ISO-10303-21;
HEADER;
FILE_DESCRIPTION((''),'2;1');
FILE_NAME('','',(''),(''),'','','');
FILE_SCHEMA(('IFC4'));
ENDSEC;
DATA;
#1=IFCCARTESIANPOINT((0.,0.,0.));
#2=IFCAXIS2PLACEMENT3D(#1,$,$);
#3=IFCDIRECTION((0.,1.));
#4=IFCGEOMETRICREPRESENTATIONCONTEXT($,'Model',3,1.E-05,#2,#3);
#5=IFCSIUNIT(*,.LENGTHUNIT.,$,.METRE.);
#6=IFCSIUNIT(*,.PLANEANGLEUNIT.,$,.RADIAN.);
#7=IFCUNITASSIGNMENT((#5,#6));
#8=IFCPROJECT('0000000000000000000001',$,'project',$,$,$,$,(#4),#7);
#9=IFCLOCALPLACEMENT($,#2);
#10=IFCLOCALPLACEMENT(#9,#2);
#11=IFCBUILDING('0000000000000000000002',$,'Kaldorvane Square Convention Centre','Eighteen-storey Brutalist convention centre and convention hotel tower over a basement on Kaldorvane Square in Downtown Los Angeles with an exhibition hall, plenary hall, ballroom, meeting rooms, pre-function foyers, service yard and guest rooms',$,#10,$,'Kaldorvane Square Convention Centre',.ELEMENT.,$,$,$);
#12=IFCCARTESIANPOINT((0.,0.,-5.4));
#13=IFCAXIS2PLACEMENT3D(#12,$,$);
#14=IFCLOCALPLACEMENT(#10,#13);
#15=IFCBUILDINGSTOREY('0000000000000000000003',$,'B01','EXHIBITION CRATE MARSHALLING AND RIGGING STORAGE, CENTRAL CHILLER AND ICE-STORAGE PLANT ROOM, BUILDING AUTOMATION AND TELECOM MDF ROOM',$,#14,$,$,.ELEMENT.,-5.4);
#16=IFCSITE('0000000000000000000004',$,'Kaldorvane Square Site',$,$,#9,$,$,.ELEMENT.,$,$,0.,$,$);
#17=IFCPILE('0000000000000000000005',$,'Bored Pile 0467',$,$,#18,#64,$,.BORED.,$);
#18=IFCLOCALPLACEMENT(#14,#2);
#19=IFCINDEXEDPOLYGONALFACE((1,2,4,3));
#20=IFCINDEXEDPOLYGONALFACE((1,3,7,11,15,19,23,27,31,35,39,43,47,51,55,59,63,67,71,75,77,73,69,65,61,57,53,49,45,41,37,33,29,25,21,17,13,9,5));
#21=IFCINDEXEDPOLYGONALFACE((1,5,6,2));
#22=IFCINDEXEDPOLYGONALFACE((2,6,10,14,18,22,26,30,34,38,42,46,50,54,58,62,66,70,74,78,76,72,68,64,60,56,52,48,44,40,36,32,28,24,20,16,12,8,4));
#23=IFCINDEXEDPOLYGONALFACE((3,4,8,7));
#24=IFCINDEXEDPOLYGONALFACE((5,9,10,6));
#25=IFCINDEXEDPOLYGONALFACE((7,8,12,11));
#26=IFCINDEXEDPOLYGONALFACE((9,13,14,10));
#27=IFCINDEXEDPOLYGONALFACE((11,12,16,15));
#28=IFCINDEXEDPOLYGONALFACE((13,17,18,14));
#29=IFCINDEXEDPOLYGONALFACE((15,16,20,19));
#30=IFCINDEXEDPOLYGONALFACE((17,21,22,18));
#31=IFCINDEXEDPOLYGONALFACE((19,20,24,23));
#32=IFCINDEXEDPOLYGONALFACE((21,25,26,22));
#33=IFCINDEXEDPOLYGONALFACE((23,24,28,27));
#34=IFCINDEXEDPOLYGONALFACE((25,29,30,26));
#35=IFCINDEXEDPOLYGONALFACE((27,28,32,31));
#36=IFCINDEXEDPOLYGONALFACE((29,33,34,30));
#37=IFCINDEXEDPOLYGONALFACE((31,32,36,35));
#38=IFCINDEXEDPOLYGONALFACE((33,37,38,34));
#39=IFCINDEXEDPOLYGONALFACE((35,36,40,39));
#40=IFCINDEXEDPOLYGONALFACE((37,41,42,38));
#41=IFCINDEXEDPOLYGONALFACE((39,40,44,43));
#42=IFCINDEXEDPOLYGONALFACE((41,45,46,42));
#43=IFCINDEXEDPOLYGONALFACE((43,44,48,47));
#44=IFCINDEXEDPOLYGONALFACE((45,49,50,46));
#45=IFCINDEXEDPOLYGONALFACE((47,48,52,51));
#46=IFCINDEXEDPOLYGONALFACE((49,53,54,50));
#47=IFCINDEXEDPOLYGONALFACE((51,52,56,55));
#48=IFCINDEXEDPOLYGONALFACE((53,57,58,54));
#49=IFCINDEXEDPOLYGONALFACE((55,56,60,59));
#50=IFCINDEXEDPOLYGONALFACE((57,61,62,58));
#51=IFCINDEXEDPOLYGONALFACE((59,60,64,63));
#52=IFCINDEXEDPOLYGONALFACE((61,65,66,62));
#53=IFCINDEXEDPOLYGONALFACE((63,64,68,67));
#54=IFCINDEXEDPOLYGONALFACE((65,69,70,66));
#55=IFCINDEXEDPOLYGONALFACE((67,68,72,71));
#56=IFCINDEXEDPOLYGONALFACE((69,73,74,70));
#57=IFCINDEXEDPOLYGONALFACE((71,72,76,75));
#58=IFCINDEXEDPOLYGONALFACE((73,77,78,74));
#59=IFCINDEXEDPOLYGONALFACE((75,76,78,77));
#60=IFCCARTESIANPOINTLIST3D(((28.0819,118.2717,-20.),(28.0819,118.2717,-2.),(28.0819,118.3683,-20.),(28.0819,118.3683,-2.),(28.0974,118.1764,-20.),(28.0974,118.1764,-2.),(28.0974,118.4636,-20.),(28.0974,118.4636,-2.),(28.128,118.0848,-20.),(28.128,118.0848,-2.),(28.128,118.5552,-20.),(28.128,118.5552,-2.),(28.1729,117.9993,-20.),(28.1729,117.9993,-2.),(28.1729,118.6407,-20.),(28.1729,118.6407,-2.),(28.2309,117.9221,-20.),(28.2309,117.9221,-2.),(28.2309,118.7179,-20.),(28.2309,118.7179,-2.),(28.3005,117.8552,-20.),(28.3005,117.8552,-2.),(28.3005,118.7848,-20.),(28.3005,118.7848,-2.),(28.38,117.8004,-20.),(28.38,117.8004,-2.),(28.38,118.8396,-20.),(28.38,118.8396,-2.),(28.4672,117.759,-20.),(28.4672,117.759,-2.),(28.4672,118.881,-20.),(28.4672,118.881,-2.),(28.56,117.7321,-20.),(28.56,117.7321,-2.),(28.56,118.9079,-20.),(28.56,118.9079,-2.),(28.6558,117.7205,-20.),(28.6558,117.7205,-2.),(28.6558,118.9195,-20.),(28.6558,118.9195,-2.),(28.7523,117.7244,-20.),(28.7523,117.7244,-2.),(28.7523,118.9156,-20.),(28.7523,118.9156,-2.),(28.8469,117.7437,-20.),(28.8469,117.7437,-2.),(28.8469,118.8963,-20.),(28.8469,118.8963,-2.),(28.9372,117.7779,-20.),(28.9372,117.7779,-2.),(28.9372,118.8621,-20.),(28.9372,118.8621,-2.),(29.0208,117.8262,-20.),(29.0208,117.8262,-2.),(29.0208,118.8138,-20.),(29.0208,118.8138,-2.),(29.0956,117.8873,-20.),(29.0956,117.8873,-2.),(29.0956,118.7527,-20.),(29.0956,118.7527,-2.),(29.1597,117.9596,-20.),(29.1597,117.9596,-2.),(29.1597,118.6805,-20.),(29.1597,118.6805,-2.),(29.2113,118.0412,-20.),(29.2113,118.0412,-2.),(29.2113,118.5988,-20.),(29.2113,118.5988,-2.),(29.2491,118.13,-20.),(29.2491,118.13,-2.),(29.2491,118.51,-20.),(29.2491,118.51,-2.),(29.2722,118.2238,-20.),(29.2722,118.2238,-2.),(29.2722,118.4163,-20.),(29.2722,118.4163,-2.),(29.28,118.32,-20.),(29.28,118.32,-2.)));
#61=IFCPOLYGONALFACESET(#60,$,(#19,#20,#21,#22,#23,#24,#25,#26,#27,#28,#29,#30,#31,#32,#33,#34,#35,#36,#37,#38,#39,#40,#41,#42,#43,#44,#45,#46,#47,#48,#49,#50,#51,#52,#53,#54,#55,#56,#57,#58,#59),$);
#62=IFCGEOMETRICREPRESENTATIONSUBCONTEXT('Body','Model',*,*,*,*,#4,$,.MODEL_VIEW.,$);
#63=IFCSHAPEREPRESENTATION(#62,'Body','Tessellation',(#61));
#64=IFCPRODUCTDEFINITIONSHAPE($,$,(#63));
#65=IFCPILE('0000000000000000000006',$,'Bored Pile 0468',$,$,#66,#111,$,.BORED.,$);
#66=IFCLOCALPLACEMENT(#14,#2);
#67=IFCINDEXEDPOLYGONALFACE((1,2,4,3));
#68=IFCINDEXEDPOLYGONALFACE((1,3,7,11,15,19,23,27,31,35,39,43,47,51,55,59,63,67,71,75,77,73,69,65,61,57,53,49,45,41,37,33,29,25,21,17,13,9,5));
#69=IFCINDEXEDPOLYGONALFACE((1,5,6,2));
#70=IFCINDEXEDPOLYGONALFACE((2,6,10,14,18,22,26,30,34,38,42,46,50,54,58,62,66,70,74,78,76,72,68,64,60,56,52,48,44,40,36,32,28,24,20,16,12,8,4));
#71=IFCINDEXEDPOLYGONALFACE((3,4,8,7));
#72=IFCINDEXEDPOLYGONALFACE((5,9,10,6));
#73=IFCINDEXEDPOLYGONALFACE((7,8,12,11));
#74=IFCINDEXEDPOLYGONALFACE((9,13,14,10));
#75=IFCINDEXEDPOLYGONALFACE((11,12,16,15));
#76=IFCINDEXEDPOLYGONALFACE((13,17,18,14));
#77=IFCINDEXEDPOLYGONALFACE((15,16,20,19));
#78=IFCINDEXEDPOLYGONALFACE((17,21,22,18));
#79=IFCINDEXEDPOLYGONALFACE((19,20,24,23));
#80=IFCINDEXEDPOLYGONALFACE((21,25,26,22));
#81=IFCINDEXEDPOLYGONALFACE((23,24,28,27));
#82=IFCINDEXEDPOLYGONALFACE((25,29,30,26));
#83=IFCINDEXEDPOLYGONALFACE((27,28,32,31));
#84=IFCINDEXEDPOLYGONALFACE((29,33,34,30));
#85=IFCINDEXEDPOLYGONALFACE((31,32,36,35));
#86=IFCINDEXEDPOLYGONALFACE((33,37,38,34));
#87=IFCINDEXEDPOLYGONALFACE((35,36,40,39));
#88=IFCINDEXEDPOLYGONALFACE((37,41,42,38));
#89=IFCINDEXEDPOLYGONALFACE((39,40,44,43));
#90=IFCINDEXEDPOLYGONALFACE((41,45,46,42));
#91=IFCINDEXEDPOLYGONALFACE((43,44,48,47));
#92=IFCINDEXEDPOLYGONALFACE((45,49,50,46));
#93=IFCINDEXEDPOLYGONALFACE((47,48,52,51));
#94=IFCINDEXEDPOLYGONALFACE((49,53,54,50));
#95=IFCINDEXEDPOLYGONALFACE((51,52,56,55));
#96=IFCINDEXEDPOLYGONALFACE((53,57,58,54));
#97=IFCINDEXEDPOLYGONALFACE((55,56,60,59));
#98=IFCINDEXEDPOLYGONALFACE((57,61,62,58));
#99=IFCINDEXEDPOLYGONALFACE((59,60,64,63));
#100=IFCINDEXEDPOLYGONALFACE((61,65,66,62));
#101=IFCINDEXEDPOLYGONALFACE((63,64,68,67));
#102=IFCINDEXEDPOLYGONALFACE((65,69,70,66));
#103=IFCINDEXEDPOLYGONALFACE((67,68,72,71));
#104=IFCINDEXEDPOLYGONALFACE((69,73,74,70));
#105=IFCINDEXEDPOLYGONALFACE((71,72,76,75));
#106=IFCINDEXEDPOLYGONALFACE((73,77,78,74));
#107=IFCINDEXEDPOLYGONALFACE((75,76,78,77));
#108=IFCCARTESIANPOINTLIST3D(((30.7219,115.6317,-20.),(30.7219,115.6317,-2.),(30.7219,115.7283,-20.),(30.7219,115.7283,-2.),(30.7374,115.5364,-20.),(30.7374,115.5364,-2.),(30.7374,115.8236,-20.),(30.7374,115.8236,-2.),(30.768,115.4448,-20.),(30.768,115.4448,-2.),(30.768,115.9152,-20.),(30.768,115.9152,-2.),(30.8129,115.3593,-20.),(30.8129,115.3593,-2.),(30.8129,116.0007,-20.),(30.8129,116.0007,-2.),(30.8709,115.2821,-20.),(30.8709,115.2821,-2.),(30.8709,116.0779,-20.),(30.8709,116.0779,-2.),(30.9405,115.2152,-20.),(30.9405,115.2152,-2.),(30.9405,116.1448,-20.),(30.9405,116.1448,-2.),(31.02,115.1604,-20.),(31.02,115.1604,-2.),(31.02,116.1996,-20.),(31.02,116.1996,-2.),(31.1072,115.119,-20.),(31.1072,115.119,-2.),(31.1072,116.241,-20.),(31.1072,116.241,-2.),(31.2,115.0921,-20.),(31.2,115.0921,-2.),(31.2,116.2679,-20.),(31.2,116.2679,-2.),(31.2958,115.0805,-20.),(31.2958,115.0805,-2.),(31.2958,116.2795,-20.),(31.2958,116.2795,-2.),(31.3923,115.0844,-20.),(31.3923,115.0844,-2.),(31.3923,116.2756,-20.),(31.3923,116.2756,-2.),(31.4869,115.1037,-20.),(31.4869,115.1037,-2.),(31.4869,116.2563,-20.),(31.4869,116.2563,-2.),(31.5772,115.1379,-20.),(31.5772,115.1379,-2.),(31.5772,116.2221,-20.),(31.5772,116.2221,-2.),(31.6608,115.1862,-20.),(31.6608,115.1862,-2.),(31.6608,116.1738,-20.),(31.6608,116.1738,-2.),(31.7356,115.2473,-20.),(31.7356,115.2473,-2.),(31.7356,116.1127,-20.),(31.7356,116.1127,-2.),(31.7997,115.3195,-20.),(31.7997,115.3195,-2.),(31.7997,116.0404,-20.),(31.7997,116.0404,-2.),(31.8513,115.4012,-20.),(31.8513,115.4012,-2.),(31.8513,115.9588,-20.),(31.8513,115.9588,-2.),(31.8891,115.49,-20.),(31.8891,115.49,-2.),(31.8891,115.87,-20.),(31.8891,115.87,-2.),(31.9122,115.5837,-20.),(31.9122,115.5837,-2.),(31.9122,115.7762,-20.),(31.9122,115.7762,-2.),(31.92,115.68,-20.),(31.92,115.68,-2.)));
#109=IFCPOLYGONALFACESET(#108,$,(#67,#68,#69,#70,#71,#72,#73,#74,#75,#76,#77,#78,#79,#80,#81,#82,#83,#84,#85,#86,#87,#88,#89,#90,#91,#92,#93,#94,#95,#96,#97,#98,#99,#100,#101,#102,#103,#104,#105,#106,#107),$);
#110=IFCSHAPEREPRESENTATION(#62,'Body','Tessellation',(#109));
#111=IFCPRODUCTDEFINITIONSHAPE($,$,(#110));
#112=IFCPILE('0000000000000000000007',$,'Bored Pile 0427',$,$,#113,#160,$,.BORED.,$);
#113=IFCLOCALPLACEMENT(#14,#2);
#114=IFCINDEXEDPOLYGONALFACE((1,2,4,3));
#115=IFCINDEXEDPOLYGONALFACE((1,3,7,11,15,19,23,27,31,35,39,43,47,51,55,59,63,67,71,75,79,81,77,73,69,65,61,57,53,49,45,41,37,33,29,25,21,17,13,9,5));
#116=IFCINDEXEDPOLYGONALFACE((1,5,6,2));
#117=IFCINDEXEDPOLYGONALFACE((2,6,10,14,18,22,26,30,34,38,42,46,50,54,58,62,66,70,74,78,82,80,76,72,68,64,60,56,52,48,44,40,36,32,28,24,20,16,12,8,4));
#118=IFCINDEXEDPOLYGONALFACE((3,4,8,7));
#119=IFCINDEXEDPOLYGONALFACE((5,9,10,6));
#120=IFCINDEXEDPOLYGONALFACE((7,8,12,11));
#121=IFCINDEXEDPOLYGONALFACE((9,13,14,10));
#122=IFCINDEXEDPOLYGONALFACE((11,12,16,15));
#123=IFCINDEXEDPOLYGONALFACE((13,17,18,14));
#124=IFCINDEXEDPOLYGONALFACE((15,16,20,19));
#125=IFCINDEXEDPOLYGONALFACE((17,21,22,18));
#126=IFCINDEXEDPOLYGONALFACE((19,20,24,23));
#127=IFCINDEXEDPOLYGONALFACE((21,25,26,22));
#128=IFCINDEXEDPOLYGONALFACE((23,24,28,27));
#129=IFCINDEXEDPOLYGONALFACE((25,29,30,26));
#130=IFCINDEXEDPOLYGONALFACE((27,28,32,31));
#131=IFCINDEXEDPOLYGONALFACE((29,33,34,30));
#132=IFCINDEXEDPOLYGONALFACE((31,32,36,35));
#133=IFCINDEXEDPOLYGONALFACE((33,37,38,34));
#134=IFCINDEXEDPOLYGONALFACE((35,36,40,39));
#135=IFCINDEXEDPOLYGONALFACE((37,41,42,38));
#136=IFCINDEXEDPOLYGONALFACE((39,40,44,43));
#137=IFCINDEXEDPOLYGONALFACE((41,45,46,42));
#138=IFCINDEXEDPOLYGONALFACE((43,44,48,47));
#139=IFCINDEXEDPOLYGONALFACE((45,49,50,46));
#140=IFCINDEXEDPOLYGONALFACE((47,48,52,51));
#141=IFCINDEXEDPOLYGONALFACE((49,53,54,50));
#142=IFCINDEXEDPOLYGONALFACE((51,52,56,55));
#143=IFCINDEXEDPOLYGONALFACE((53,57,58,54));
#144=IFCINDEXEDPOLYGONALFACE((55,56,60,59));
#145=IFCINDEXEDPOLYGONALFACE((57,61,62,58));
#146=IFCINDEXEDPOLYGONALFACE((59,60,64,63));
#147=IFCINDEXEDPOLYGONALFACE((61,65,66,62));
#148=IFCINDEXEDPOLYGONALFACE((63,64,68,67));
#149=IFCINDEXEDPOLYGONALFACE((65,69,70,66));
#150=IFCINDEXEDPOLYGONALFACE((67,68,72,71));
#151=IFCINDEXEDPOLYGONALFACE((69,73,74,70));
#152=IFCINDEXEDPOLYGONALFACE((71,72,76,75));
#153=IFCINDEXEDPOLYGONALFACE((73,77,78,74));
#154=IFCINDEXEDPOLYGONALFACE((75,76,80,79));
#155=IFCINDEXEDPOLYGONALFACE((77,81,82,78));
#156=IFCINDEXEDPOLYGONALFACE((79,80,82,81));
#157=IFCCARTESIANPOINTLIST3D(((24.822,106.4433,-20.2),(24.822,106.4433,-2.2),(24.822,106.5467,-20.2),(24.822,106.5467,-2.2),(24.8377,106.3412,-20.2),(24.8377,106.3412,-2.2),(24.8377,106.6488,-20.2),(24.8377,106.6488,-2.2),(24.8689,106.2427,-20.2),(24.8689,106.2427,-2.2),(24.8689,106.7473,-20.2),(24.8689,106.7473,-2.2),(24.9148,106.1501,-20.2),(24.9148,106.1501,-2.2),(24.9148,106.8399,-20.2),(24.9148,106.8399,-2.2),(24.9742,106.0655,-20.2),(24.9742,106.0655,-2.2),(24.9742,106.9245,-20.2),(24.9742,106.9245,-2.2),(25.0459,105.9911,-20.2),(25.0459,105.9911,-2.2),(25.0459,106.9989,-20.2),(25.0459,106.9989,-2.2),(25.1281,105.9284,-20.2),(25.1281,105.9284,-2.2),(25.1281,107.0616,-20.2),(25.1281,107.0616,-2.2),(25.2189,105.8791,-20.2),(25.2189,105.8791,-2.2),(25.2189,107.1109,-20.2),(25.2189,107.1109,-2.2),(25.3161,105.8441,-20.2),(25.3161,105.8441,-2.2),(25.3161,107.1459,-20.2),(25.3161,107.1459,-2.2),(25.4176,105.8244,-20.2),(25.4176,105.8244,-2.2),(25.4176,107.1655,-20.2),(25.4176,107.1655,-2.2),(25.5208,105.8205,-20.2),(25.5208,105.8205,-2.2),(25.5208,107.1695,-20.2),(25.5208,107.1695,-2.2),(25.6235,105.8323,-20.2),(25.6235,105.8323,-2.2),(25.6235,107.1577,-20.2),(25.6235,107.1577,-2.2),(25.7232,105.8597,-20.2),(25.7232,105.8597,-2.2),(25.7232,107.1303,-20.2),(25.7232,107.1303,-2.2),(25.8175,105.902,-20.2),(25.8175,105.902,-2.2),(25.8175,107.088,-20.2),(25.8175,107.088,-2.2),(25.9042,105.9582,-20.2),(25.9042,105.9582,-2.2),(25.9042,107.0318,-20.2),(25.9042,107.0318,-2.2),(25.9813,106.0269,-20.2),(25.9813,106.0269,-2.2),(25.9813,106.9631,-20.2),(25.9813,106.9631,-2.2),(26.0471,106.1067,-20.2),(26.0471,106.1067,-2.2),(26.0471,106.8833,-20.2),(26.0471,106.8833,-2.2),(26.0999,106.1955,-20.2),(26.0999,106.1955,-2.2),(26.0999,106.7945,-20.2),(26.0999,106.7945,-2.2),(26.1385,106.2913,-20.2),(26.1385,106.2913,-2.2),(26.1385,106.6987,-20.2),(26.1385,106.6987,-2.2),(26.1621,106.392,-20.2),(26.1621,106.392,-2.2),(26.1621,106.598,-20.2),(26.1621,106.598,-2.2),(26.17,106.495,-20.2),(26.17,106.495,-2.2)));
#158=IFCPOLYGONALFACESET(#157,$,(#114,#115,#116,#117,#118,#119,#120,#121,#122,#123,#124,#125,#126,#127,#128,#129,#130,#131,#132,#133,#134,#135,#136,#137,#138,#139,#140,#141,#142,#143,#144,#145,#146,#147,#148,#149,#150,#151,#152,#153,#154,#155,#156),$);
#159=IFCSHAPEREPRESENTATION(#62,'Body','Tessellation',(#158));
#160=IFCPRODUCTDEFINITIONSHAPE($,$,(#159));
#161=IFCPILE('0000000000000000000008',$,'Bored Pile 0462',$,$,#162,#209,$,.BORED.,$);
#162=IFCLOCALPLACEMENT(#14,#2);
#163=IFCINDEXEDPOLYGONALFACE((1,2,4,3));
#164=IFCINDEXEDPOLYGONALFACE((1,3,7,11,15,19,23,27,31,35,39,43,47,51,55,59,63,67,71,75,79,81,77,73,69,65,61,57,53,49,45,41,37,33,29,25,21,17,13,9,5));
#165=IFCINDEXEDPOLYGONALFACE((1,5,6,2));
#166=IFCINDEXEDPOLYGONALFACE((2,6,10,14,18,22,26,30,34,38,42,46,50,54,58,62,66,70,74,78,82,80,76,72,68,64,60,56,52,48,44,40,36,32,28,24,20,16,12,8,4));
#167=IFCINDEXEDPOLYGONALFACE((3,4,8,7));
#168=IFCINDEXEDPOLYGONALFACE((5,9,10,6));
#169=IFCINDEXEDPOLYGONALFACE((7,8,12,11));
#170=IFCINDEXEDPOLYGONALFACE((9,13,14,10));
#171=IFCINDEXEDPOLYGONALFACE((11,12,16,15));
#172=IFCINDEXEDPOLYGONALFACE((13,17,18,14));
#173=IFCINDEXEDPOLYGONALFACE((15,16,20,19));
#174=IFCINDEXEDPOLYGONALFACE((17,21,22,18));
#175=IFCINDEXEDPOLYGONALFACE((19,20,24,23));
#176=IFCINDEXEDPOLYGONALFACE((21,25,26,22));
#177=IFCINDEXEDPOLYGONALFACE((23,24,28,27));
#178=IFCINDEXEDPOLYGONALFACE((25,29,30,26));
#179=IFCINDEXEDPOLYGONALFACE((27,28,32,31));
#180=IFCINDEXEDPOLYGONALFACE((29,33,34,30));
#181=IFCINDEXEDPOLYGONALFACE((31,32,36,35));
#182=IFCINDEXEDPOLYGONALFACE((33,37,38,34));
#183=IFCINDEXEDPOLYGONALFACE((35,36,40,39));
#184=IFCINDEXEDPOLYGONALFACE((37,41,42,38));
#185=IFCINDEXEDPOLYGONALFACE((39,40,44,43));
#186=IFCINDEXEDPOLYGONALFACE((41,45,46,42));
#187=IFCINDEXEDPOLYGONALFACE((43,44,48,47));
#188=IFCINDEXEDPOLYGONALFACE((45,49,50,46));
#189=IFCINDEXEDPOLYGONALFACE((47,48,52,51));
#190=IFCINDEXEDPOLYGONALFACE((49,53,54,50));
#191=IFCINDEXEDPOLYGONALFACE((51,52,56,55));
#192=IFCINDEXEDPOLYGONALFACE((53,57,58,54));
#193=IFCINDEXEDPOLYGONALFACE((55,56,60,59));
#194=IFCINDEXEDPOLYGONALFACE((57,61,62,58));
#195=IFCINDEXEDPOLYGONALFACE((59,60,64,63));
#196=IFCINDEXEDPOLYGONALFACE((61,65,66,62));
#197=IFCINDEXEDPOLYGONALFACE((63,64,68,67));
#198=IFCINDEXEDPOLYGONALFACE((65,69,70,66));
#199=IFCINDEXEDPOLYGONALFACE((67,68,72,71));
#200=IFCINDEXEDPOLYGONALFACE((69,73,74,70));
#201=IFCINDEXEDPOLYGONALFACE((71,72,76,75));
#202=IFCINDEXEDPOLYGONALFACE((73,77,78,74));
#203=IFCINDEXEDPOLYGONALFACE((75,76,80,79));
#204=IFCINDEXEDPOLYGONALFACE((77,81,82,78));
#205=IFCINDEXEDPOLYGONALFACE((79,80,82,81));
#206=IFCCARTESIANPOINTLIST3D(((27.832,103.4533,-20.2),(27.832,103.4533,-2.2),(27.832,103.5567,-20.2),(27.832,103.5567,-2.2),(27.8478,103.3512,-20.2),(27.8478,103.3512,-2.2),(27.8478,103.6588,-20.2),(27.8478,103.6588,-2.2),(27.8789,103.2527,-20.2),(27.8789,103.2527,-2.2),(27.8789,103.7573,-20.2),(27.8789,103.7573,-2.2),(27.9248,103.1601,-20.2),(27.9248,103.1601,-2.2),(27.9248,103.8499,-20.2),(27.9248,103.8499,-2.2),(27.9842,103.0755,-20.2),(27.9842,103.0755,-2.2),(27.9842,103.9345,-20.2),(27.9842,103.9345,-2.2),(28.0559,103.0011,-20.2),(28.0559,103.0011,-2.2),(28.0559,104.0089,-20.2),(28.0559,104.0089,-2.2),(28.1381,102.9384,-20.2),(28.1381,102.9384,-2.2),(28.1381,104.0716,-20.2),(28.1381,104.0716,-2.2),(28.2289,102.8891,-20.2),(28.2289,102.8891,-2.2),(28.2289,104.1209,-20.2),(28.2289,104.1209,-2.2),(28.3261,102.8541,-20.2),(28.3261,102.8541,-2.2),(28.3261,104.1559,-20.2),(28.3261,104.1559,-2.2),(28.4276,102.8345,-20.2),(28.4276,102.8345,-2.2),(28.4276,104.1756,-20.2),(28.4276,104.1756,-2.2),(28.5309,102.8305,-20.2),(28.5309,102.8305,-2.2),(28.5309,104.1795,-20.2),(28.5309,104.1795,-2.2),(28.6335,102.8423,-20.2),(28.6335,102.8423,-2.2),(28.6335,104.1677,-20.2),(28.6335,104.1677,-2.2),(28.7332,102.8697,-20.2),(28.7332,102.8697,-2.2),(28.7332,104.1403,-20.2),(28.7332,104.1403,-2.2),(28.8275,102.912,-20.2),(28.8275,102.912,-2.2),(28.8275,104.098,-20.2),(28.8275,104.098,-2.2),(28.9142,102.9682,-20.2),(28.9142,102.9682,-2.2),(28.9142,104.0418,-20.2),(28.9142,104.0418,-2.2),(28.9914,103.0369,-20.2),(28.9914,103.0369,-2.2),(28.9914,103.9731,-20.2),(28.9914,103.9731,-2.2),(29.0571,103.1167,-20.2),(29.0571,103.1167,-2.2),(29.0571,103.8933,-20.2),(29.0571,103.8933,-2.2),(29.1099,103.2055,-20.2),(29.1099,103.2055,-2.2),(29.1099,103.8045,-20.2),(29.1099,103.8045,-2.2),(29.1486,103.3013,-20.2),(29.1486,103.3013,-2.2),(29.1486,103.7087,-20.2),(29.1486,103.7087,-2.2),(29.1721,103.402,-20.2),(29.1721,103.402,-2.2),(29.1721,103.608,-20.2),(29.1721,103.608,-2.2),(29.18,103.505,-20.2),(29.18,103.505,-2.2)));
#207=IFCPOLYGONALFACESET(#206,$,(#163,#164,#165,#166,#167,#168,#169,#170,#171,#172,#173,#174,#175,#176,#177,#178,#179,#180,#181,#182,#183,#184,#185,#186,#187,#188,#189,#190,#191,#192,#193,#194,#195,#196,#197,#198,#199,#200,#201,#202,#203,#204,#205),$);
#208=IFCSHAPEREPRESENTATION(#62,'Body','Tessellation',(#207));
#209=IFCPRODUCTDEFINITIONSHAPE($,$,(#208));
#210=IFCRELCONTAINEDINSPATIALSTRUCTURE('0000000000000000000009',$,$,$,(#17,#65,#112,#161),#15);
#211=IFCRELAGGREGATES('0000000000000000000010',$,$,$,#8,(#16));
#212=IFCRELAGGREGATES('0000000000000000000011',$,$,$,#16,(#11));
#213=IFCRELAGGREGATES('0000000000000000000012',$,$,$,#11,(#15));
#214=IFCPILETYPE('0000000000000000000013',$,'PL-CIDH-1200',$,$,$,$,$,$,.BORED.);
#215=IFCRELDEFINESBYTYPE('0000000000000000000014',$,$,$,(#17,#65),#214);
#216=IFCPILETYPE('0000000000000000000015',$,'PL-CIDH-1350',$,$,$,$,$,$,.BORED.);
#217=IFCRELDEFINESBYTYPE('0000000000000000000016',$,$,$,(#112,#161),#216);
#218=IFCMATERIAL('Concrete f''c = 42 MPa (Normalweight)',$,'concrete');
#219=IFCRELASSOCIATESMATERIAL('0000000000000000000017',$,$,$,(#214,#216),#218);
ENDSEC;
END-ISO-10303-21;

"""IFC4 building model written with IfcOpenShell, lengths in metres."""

from ifc_helpers import new_model, si_unit, direction, frame, origin, origin_2d, place, context, subcontext, project, spatial, circle, extrude, material, material_profile, profile_set, type_object, element, save


model = new_model("IFC4")

# Units and contexts
model_context = context("Model", 3, precision=1e-05, world=origin(), true_north=direction((0.0, 1.0)))
body_context = subcontext(model_context, "Body", "Model", "MODEL_VIEW")
ifc_project = project(units=[si_unit("LENGTHUNIT", "METRE"), si_unit("PLANEANGLEUNIT", "RADIAN")], contexts=[model_context])

# Site, building, storey
site_placement = place(None, origin())
site = spatial("IfcSite", under=ifc_project, at=site_placement, Name="Kaldorvane Square Site", CompositionType="ELEMENT", RefElevation=0.0)
building_placement = place(site_placement, origin())
building = spatial("IfcBuilding", under=site, at=building_placement, Name="Kaldorvane Square Convention Centre", Description="Eighteen-storey Brutalist convention centre and convention hotel tower over a basement on Kaldorvane Square in Downtown Los Angeles with an exhibition hall, plenary hall, ballroom, meeting rooms, pre-function foyers, service yard and guest rooms", LongName="Kaldorvane Square Convention Centre", CompositionType="ELEMENT")
storey_placement = place(building_placement, frame((0.0, 0.0, -5.4)))
storey = spatial("IfcBuildingStorey", under=building, at=storey_placement, Name="B01", Description="EXHIBITION CRATE MARSHALLING AND RIGGING STORAGE, CENTRAL CHILLER AND ICE-STORAGE PLANT ROOM, BUILDING AUTOMATION AND TELECOM MDF ROOM", CompositionType="ELEMENT", Elevation=-5.4)

# Shared definitions
ifc_material_1 = material(Name="Concrete f'c = 42 MPa (Normalweight)", Category="concrete")

# Piles
ifc_material_profile_1 = material_profile(ifc_material_1, circle(Radius=0.6, at=origin_2d()), Name="PILE-D1200")
ifc_profile_set_1 = profile_set([ifc_material_profile_1], Name="Concrete f'c = 42 MPa (Normalweight)")
pile_type_1 = type_object("IfcPileType", Name="PL-CIDH-1200", PredefinedType="BORED", material=ifc_profile_set_1)
for number, where, z_axis, x_axis, name in (
    (1, (28.68, 118.32, -2.0), (0.0, 0.0, -1.0), (1.0, 0.0, 0.0), "Bored Pile 0467"),
    (2, (31.32, 115.68, -2.0), (0.0, 0.0, -1.0), (1.0, 0.0, 0.0), "Bored Pile 0468"),
):
    element("IfcPile", number, at=place(storey_placement, frame(where, z_axis=z_axis, x_axis=x_axis)), inside=storey, type_object=pile_type_1, Name=name, PredefinedType="BORED", context=body_context, shape_type="SweptSolid", body=[
        extrude(circle(Radius=0.6, at=origin_2d()), origin(), (0.0, 0.0, 1.0), 18.0),
    ])
ifc_material_profile_2 = material_profile(ifc_material_1, circle(Radius=0.675, at=origin_2d()), Name="PILE-D1350")
ifc_profile_set_2 = profile_set([ifc_material_profile_2], Name="Concrete f'c = 42 MPa (Normalweight)")
pile_type_2 = type_object("IfcPileType", Name="PL-CIDH-1350", PredefinedType="BORED", material=ifc_profile_set_2)
for number, where, z_axis, x_axis, name in (
    (3, (25.495, 106.495, -2.2), (0.0, 0.0, -1.0), (1.0, 0.0, 0.0), "Bored Pile 0427"),
    (4, (28.505, 103.505, -2.2), (0.0, 0.0, -1.0), (1.0, 0.0, 0.0), "Bored Pile 0462"),
):
    element("IfcPile", number, at=place(storey_placement, frame(where, z_axis=z_axis, x_axis=x_axis)), inside=storey, type_object=pile_type_2, Name=name, PredefinedType="BORED", context=body_context, shape_type="SweptSolid", body=[
        extrude(circle(Radius=0.675, at=origin_2d()), origin(), (0.0, 0.0, 1.0), 18.0),
    ])

save(model, "model.ifc")
